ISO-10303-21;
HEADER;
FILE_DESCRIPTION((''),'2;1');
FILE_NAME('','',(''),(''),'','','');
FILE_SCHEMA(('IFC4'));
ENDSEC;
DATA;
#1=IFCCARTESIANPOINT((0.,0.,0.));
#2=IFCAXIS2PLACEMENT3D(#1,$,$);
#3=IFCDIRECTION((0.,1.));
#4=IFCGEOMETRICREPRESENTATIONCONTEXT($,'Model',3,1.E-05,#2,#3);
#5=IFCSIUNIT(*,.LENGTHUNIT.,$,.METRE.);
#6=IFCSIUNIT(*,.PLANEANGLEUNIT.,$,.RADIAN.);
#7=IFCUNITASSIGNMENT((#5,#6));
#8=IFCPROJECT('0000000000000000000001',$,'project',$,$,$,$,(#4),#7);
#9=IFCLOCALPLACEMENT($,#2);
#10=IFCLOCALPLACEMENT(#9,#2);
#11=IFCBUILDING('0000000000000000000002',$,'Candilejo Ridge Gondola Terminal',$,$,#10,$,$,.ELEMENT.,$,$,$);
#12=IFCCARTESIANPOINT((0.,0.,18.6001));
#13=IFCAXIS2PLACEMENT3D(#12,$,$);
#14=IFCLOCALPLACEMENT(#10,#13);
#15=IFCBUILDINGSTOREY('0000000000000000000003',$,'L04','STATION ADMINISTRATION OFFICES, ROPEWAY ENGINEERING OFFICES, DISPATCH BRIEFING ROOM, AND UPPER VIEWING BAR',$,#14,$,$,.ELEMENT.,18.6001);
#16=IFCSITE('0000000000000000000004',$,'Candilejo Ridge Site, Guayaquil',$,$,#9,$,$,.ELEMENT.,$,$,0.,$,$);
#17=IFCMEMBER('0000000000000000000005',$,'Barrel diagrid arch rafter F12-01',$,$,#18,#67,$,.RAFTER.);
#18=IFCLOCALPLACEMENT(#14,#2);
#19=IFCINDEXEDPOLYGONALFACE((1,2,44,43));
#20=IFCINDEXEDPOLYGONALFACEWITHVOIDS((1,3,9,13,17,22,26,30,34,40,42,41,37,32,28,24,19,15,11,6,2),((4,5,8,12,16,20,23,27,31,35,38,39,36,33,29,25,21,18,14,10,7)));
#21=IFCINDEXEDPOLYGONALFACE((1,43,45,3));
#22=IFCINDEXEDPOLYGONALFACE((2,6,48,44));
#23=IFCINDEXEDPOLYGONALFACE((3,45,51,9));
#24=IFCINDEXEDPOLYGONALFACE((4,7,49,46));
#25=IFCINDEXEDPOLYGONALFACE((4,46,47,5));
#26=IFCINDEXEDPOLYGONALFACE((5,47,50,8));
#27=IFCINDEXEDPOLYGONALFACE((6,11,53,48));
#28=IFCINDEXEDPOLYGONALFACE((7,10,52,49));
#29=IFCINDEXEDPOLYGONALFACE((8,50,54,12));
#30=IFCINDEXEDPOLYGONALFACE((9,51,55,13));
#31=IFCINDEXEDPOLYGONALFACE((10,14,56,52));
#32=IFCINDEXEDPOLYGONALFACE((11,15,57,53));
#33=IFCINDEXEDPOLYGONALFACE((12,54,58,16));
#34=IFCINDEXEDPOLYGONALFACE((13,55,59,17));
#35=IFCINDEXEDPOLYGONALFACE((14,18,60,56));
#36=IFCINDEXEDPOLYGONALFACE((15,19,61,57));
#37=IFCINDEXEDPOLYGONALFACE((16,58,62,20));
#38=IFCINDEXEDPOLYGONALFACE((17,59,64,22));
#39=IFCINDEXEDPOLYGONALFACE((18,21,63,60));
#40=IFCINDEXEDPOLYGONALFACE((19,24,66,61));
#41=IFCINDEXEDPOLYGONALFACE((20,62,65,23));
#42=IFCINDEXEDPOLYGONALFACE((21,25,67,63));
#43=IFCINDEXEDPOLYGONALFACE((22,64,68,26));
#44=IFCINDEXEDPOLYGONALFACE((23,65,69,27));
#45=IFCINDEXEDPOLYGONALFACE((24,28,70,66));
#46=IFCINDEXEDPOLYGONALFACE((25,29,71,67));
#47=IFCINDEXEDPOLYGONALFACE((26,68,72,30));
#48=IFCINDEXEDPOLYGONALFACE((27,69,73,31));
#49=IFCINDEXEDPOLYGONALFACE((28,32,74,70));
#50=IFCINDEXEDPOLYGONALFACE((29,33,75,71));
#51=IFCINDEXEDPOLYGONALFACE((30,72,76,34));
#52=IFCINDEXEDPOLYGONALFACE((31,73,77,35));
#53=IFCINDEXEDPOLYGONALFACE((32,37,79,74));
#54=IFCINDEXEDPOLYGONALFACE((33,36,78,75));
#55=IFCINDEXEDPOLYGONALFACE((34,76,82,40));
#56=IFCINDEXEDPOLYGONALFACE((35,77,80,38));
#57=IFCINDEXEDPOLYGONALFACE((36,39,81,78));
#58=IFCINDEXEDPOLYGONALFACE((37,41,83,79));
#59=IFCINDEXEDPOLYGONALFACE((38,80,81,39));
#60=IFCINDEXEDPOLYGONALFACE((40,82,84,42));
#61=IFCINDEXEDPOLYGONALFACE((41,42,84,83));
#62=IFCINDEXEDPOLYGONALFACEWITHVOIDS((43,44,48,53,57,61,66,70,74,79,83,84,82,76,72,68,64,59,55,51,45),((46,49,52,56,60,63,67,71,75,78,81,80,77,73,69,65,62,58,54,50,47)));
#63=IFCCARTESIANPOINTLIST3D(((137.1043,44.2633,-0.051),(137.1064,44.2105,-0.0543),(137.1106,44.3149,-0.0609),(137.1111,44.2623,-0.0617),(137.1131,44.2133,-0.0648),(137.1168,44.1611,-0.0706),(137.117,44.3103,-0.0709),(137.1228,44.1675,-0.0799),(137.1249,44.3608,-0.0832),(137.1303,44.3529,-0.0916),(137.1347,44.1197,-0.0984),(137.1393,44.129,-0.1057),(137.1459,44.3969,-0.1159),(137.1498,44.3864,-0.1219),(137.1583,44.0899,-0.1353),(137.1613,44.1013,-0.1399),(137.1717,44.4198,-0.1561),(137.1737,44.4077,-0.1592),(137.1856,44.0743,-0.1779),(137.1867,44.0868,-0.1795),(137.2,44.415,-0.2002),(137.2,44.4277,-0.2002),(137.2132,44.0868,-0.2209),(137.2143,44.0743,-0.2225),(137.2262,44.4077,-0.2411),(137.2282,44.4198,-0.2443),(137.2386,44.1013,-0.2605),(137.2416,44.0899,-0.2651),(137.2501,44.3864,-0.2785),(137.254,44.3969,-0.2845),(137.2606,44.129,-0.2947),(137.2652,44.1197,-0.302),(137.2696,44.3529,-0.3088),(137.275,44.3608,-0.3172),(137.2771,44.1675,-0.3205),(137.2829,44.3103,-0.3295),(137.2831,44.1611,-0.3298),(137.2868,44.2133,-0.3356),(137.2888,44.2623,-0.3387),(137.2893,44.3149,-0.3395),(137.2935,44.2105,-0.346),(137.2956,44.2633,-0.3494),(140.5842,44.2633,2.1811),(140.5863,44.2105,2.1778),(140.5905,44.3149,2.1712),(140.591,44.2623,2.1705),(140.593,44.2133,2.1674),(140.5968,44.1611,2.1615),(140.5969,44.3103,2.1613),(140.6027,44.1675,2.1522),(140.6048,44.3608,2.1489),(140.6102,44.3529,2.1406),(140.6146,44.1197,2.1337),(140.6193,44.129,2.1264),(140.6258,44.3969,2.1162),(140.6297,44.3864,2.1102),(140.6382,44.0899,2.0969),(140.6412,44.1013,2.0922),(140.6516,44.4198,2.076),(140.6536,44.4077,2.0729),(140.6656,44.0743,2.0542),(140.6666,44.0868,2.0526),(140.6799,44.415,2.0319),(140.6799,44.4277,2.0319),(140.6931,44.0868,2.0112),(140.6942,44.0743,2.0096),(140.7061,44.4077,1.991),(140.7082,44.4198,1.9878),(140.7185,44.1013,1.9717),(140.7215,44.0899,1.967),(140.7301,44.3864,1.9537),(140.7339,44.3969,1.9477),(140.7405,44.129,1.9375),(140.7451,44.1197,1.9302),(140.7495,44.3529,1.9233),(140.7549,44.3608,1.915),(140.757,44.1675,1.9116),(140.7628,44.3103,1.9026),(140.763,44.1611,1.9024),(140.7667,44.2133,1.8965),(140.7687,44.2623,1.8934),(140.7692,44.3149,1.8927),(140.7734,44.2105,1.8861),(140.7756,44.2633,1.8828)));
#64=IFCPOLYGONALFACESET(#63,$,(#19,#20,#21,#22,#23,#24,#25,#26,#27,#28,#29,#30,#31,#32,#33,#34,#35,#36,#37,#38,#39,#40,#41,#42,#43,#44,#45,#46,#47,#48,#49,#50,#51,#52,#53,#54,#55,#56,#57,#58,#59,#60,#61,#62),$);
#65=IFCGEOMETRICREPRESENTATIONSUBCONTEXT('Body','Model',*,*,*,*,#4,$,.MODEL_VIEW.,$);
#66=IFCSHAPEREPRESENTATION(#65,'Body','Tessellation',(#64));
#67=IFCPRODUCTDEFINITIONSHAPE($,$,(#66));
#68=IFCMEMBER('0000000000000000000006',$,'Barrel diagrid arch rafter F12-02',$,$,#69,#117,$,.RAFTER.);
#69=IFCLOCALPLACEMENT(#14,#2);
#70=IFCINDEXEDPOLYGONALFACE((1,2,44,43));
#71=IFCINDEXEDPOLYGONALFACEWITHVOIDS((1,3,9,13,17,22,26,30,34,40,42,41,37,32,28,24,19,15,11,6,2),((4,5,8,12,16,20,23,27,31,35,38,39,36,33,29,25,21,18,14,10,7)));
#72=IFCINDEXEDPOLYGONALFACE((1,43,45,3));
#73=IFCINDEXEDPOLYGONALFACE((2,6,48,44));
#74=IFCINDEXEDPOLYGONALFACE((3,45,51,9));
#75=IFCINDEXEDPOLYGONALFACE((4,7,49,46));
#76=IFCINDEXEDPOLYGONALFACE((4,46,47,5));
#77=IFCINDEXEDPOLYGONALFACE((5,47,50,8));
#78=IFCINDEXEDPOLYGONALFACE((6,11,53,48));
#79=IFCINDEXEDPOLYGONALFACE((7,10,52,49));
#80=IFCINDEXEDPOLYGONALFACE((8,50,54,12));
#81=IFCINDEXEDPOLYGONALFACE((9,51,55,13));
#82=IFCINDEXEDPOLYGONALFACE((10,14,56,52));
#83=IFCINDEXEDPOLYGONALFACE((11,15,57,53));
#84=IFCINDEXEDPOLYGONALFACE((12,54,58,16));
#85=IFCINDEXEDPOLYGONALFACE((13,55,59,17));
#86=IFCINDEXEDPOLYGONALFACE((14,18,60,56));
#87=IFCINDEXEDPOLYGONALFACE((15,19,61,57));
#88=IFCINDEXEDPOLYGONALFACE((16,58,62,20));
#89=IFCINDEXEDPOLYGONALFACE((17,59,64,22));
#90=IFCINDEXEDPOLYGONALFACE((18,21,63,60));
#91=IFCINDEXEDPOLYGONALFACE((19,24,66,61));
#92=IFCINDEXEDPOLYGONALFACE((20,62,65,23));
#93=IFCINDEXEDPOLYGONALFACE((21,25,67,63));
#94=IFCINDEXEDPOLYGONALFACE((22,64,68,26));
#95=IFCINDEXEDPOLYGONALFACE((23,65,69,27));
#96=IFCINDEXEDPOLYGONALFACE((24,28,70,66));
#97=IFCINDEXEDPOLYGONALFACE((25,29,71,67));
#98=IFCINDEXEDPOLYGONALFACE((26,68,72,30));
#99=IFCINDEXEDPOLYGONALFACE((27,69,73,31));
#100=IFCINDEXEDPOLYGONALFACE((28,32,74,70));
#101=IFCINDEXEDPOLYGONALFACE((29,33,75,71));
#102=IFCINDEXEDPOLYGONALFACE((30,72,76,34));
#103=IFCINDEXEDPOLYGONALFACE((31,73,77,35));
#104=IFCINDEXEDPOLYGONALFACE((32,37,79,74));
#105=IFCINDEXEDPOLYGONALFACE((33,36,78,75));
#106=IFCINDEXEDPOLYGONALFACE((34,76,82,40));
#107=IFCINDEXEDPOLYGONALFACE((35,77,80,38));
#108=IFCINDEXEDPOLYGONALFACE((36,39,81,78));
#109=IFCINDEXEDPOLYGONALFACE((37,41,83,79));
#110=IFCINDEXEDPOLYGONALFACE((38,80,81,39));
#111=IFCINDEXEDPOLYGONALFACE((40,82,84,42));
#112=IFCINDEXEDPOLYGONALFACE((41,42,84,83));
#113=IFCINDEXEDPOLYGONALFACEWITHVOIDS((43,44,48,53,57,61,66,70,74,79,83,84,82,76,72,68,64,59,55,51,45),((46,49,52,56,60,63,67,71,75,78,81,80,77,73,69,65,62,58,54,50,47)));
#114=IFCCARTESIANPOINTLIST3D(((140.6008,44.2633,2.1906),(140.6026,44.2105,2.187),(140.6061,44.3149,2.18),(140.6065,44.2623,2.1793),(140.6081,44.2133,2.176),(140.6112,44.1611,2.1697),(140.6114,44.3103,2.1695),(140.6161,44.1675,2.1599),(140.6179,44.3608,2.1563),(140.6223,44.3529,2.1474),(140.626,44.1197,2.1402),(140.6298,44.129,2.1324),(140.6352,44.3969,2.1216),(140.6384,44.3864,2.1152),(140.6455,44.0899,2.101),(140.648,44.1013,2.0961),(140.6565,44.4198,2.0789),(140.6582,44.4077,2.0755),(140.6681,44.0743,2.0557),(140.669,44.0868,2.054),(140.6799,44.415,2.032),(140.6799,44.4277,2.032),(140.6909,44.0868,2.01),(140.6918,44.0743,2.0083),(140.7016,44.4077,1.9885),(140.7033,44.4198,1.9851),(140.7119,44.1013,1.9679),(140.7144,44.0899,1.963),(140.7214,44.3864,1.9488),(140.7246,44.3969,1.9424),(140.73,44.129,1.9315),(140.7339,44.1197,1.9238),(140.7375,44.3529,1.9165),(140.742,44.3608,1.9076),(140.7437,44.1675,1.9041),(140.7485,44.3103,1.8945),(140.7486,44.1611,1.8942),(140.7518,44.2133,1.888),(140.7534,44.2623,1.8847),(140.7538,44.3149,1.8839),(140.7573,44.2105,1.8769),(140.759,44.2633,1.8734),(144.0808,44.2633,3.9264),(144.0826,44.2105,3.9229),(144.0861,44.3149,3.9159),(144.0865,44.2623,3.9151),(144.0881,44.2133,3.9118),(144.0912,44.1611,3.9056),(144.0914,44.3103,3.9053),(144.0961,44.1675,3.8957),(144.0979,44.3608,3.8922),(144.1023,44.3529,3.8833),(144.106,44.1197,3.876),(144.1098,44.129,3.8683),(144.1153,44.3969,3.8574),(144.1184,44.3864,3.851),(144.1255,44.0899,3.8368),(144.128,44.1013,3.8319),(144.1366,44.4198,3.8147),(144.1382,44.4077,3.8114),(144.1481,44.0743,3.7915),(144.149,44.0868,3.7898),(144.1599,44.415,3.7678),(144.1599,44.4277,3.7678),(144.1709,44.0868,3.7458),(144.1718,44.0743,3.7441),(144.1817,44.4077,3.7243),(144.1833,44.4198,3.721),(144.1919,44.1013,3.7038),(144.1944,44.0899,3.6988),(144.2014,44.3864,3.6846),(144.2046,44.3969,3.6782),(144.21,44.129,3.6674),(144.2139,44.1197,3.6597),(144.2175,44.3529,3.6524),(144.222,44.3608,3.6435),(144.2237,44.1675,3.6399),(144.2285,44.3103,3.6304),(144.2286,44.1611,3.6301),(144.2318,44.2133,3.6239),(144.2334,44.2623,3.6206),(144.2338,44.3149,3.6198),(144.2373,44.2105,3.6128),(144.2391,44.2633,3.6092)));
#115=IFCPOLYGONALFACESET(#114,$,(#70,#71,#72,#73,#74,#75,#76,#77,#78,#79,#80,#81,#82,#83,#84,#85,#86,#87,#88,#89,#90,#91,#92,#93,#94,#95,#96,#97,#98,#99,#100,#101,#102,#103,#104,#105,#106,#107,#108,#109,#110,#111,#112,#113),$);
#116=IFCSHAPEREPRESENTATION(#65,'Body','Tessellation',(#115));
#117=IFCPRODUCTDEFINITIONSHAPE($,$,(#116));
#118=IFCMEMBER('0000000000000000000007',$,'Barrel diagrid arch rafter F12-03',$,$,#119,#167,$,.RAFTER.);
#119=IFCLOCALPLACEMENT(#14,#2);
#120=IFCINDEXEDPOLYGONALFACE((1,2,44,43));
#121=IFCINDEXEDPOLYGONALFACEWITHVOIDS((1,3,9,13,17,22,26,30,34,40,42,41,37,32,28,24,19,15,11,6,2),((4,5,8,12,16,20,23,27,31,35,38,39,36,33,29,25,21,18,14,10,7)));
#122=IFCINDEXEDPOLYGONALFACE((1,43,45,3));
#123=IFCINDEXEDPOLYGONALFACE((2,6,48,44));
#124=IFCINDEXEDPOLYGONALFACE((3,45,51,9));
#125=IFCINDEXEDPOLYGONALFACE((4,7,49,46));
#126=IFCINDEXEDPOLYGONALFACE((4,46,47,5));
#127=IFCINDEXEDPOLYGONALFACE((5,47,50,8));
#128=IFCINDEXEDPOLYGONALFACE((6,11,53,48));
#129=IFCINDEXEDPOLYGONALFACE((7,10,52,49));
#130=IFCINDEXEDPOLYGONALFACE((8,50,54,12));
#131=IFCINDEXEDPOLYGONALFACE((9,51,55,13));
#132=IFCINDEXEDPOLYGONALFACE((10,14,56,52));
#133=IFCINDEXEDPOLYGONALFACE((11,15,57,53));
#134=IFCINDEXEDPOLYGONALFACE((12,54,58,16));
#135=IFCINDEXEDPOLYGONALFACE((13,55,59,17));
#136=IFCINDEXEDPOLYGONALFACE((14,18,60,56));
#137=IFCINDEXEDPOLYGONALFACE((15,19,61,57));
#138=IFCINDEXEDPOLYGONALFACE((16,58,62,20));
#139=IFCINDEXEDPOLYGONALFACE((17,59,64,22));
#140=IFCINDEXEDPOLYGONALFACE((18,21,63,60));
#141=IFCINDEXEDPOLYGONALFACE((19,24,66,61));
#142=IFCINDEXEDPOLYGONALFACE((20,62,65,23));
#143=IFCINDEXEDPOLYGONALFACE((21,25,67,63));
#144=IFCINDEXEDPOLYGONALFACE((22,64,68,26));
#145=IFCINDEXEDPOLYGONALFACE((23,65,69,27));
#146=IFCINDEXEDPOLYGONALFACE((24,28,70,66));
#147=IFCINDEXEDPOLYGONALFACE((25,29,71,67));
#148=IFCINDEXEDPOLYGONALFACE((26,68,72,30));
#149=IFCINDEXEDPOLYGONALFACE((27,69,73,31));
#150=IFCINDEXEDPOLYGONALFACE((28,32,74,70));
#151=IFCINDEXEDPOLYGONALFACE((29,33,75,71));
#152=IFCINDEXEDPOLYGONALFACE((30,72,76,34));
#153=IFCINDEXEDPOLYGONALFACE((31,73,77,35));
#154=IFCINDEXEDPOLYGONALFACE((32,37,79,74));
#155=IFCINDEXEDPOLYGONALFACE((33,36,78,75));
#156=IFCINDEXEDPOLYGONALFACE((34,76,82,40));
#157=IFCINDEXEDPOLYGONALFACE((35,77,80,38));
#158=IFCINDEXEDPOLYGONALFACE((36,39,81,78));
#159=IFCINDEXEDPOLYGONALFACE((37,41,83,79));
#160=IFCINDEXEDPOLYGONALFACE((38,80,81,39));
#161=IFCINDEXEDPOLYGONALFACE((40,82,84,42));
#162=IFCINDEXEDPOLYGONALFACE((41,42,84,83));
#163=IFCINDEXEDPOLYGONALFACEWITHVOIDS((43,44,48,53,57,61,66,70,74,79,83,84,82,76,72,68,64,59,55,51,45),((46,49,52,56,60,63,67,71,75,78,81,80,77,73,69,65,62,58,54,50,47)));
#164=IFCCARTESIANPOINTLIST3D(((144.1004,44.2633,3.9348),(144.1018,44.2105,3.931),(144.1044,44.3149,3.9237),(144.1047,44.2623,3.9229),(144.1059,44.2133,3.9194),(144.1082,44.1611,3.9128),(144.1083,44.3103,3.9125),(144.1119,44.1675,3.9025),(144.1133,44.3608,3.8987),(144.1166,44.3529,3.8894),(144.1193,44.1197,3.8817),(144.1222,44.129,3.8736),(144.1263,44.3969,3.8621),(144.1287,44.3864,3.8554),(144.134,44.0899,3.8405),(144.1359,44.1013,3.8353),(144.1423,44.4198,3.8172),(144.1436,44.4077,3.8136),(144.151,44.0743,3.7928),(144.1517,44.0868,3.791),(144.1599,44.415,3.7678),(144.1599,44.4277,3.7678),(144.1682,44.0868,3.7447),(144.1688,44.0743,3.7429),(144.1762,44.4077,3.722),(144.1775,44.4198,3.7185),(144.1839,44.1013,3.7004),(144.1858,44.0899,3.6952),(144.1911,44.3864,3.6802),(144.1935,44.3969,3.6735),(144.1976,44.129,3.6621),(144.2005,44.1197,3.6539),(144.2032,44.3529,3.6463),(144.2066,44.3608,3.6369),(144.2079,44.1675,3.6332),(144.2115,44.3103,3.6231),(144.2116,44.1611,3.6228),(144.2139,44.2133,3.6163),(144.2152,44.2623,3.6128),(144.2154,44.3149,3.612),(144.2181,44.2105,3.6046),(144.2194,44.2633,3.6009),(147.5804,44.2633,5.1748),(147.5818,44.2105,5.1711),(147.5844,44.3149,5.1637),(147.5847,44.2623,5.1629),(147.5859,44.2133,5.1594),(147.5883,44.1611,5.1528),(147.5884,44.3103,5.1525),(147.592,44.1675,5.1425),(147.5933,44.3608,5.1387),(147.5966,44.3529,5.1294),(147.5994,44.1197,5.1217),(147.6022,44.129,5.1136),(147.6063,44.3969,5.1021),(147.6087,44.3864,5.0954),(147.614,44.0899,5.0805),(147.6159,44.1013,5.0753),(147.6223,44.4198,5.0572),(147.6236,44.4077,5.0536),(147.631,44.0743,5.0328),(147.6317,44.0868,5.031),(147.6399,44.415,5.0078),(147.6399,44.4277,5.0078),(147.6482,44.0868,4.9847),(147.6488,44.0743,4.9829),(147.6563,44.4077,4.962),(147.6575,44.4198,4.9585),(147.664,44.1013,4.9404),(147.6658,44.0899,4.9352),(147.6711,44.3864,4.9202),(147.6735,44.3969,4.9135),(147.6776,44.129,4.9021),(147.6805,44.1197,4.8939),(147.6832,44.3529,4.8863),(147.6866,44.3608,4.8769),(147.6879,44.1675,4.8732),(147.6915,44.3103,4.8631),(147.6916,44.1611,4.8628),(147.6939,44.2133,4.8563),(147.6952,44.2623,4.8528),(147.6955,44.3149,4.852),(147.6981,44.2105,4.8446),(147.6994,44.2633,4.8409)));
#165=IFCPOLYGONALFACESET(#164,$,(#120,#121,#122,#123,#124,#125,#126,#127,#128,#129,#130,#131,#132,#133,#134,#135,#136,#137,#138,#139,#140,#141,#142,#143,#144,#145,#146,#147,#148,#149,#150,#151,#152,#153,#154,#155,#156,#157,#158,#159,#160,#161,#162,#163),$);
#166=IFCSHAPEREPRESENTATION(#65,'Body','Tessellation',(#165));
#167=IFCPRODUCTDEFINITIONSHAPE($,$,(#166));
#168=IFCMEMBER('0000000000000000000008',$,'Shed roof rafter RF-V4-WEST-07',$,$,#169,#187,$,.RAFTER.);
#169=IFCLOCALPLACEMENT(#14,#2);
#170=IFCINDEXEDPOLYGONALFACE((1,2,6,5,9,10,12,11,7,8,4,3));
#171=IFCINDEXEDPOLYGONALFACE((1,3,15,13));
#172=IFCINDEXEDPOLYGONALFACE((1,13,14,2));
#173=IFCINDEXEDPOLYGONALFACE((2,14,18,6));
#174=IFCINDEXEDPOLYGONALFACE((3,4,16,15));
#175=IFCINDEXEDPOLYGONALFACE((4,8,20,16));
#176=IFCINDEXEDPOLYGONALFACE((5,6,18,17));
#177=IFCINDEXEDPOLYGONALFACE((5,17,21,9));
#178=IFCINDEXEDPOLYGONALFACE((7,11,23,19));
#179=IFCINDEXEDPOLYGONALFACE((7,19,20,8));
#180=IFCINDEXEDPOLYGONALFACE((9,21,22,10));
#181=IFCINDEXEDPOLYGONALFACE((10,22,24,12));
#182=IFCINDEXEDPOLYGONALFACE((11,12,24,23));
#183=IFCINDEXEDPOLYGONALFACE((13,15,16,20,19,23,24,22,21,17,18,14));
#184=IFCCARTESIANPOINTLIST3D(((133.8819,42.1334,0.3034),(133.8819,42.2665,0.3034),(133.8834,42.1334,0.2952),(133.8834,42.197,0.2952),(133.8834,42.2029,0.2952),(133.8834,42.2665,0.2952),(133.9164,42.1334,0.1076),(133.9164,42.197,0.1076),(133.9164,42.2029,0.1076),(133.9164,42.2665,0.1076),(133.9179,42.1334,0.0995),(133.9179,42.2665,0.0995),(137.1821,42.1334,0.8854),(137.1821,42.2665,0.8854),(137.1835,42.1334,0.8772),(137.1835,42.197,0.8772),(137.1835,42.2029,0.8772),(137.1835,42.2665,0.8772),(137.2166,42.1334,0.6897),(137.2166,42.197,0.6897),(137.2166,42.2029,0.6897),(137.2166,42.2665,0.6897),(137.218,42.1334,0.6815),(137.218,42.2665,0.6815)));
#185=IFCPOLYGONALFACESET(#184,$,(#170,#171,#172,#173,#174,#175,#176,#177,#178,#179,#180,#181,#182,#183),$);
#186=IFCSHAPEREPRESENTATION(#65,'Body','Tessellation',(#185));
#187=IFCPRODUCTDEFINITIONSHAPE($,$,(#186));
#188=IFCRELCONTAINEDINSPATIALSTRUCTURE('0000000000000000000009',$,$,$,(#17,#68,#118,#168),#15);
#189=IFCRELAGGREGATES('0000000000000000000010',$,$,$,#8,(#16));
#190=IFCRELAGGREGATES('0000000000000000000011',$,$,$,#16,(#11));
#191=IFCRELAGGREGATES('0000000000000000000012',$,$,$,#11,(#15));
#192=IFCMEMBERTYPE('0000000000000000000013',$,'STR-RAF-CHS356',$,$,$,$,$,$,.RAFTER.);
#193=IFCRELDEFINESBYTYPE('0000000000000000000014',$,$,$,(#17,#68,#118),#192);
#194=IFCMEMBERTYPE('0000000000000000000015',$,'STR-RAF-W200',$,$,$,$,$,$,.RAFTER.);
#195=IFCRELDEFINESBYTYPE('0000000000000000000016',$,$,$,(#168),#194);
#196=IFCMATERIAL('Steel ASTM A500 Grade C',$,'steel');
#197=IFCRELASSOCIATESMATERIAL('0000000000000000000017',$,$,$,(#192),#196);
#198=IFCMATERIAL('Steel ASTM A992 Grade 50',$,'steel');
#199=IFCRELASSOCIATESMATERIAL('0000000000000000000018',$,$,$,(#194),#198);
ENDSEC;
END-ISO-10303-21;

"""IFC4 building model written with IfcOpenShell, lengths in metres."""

from ifc_helpers import new_model, si_unit, direction, frame, origin, origin_2d, place, context, subcontext, project, spatial, hollow_circle, i_section, extrude, material, material_profile, profile_set, type_object, element, save


model = new_model("IFC4")

# Units and contexts
model_context = context("Model", 3, precision=1e-05, world=origin(), true_north=direction((0.0, 1.0)))
body_context = subcontext(model_context, "Body", "Model", "MODEL_VIEW")
ifc_project = project(units=[si_unit("LENGTHUNIT", "METRE"), si_unit("PLANEANGLEUNIT", "RADIAN")], contexts=[model_context])

# Site, building, storey
site_placement = place(None, origin())
site = spatial("IfcSite", under=ifc_project, at=site_placement, Name="Candilejo Ridge Site, Guayaquil", CompositionType="ELEMENT", RefElevation=0.0)
building_placement = place(site_placement, origin())
building = spatial("IfcBuilding", under=site, at=building_placement, Name="Candilejo Ridge Gondola Terminal", CompositionType="ELEMENT")
storey_placement = place(building_placement, frame((0.0, 0.0, 18.6001)))
storey = spatial("IfcBuildingStorey", under=building, at=storey_placement, Name="L04", Description="STATION ADMINISTRATION OFFICES, ROPEWAY ENGINEERING OFFICES, DISPATCH BRIEFING ROOM, AND UPPER VIEWING BAR", CompositionType="ELEMENT", Elevation=18.6001)

# Members
ifc_material_1 = material(Name="Steel ASTM A500 Grade C", Category="steel")
ifc_material_profile_1 = material_profile(ifc_material_1, hollow_circle(Radius=0.1777, WallThickness=0.0127, at=origin_2d()))
ifc_profile_set_1 = profile_set([ifc_material_profile_1], Name="Steel ASTM A500 Grade C")
member_type_1 = type_object("IfcMemberType", Name="STR-RAF-CHS356", PredefinedType="RAFTER", material=ifc_profile_set_1)
member_1_placement = place(storey_placement, frame((137.2, 44.25, -0.2002), z_axis=(0.841723, 0.0, 0.53991), x_axis=(0.0, 1.0, 0.0)))
element("IfcMember", 1, at=member_1_placement, inside=storey, type_object=member_type_1, Name="Barrel diagrid arch rafter F12-01", PredefinedType="RAFTER", context=body_context, shape_type="SweptSolid", body=[
    extrude(hollow_circle(Radius=0.1777, WallThickness=0.0127, at=origin_2d()), origin(), (0.0, 0.0, 1.0), 4.1343),
])
member_2_placement = place(storey_placement, frame((140.6799, 44.25, 2.032), z_axis=(0.894854, 0.0, 0.44636), x_axis=(0.0, 1.0, 0.0)))
element("IfcMember", 2, at=member_2_placement, inside=storey, type_object=member_type_1, Name="Barrel diagrid arch rafter F12-02", PredefinedType="RAFTER", context=body_context, shape_type="SweptSolid", body=[
    extrude(hollow_circle(Radius=0.1777, WallThickness=0.0127, at=origin_2d()), origin(), (0.0, 0.0, 1.0), 3.8889),
])
member_3_placement = place(storey_placement, frame((144.1599, 44.25, 3.7678), z_axis=(0.941987, 0.0, 0.33565), x_axis=(0.0, 1.0, 0.0)))
element("IfcMember", 3, at=member_3_placement, inside=storey, type_object=member_type_1, Name="Barrel diagrid arch rafter F12-03", PredefinedType="RAFTER", context=body_context, shape_type="SweptSolid", body=[
    extrude(hollow_circle(Radius=0.1777, WallThickness=0.0127, at=origin_2d()), origin(), (0.0, 0.0, 1.0), 3.6943),
])
ifc_material_2 = material(Name="Steel ASTM A992 Grade 50", Category="steel")
ifc_material_profile_2 = material_profile(ifc_material_2, i_section(OverallWidth=0.1331, OverallDepth=0.207, WebThickness=0.0059, FlangeThickness=0.0083, at=origin_2d()))
ifc_profile_set_2 = profile_set([ifc_material_profile_2], Name="Steel ASTM A992 Grade 50")
member_type_2 = type_object("IfcMemberType", Name="STR-RAF-W200", PredefinedType="RAFTER", material=ifc_profile_set_2)
member_4_placement = place(storey_placement, frame((133.8999, 42.2, 0.2014), z_axis=(0.9848, 0.0, 0.17369), x_axis=(0.0, 1.0, 0.0)))
element("IfcMember", 4, at=member_4_placement, inside=storey, type_object=member_type_2, Name="Shed roof rafter RF-V4-WEST-07", PredefinedType="RAFTER", context=body_context, shape_type="SweptSolid", body=[
    extrude(i_section(OverallWidth=0.1331, OverallDepth=0.207, WebThickness=0.0059, FlangeThickness=0.0083, at=origin_2d()), origin(), (0.0, 0.0, 1.0), 3.3511),
])

save(model, "model.ifc")
